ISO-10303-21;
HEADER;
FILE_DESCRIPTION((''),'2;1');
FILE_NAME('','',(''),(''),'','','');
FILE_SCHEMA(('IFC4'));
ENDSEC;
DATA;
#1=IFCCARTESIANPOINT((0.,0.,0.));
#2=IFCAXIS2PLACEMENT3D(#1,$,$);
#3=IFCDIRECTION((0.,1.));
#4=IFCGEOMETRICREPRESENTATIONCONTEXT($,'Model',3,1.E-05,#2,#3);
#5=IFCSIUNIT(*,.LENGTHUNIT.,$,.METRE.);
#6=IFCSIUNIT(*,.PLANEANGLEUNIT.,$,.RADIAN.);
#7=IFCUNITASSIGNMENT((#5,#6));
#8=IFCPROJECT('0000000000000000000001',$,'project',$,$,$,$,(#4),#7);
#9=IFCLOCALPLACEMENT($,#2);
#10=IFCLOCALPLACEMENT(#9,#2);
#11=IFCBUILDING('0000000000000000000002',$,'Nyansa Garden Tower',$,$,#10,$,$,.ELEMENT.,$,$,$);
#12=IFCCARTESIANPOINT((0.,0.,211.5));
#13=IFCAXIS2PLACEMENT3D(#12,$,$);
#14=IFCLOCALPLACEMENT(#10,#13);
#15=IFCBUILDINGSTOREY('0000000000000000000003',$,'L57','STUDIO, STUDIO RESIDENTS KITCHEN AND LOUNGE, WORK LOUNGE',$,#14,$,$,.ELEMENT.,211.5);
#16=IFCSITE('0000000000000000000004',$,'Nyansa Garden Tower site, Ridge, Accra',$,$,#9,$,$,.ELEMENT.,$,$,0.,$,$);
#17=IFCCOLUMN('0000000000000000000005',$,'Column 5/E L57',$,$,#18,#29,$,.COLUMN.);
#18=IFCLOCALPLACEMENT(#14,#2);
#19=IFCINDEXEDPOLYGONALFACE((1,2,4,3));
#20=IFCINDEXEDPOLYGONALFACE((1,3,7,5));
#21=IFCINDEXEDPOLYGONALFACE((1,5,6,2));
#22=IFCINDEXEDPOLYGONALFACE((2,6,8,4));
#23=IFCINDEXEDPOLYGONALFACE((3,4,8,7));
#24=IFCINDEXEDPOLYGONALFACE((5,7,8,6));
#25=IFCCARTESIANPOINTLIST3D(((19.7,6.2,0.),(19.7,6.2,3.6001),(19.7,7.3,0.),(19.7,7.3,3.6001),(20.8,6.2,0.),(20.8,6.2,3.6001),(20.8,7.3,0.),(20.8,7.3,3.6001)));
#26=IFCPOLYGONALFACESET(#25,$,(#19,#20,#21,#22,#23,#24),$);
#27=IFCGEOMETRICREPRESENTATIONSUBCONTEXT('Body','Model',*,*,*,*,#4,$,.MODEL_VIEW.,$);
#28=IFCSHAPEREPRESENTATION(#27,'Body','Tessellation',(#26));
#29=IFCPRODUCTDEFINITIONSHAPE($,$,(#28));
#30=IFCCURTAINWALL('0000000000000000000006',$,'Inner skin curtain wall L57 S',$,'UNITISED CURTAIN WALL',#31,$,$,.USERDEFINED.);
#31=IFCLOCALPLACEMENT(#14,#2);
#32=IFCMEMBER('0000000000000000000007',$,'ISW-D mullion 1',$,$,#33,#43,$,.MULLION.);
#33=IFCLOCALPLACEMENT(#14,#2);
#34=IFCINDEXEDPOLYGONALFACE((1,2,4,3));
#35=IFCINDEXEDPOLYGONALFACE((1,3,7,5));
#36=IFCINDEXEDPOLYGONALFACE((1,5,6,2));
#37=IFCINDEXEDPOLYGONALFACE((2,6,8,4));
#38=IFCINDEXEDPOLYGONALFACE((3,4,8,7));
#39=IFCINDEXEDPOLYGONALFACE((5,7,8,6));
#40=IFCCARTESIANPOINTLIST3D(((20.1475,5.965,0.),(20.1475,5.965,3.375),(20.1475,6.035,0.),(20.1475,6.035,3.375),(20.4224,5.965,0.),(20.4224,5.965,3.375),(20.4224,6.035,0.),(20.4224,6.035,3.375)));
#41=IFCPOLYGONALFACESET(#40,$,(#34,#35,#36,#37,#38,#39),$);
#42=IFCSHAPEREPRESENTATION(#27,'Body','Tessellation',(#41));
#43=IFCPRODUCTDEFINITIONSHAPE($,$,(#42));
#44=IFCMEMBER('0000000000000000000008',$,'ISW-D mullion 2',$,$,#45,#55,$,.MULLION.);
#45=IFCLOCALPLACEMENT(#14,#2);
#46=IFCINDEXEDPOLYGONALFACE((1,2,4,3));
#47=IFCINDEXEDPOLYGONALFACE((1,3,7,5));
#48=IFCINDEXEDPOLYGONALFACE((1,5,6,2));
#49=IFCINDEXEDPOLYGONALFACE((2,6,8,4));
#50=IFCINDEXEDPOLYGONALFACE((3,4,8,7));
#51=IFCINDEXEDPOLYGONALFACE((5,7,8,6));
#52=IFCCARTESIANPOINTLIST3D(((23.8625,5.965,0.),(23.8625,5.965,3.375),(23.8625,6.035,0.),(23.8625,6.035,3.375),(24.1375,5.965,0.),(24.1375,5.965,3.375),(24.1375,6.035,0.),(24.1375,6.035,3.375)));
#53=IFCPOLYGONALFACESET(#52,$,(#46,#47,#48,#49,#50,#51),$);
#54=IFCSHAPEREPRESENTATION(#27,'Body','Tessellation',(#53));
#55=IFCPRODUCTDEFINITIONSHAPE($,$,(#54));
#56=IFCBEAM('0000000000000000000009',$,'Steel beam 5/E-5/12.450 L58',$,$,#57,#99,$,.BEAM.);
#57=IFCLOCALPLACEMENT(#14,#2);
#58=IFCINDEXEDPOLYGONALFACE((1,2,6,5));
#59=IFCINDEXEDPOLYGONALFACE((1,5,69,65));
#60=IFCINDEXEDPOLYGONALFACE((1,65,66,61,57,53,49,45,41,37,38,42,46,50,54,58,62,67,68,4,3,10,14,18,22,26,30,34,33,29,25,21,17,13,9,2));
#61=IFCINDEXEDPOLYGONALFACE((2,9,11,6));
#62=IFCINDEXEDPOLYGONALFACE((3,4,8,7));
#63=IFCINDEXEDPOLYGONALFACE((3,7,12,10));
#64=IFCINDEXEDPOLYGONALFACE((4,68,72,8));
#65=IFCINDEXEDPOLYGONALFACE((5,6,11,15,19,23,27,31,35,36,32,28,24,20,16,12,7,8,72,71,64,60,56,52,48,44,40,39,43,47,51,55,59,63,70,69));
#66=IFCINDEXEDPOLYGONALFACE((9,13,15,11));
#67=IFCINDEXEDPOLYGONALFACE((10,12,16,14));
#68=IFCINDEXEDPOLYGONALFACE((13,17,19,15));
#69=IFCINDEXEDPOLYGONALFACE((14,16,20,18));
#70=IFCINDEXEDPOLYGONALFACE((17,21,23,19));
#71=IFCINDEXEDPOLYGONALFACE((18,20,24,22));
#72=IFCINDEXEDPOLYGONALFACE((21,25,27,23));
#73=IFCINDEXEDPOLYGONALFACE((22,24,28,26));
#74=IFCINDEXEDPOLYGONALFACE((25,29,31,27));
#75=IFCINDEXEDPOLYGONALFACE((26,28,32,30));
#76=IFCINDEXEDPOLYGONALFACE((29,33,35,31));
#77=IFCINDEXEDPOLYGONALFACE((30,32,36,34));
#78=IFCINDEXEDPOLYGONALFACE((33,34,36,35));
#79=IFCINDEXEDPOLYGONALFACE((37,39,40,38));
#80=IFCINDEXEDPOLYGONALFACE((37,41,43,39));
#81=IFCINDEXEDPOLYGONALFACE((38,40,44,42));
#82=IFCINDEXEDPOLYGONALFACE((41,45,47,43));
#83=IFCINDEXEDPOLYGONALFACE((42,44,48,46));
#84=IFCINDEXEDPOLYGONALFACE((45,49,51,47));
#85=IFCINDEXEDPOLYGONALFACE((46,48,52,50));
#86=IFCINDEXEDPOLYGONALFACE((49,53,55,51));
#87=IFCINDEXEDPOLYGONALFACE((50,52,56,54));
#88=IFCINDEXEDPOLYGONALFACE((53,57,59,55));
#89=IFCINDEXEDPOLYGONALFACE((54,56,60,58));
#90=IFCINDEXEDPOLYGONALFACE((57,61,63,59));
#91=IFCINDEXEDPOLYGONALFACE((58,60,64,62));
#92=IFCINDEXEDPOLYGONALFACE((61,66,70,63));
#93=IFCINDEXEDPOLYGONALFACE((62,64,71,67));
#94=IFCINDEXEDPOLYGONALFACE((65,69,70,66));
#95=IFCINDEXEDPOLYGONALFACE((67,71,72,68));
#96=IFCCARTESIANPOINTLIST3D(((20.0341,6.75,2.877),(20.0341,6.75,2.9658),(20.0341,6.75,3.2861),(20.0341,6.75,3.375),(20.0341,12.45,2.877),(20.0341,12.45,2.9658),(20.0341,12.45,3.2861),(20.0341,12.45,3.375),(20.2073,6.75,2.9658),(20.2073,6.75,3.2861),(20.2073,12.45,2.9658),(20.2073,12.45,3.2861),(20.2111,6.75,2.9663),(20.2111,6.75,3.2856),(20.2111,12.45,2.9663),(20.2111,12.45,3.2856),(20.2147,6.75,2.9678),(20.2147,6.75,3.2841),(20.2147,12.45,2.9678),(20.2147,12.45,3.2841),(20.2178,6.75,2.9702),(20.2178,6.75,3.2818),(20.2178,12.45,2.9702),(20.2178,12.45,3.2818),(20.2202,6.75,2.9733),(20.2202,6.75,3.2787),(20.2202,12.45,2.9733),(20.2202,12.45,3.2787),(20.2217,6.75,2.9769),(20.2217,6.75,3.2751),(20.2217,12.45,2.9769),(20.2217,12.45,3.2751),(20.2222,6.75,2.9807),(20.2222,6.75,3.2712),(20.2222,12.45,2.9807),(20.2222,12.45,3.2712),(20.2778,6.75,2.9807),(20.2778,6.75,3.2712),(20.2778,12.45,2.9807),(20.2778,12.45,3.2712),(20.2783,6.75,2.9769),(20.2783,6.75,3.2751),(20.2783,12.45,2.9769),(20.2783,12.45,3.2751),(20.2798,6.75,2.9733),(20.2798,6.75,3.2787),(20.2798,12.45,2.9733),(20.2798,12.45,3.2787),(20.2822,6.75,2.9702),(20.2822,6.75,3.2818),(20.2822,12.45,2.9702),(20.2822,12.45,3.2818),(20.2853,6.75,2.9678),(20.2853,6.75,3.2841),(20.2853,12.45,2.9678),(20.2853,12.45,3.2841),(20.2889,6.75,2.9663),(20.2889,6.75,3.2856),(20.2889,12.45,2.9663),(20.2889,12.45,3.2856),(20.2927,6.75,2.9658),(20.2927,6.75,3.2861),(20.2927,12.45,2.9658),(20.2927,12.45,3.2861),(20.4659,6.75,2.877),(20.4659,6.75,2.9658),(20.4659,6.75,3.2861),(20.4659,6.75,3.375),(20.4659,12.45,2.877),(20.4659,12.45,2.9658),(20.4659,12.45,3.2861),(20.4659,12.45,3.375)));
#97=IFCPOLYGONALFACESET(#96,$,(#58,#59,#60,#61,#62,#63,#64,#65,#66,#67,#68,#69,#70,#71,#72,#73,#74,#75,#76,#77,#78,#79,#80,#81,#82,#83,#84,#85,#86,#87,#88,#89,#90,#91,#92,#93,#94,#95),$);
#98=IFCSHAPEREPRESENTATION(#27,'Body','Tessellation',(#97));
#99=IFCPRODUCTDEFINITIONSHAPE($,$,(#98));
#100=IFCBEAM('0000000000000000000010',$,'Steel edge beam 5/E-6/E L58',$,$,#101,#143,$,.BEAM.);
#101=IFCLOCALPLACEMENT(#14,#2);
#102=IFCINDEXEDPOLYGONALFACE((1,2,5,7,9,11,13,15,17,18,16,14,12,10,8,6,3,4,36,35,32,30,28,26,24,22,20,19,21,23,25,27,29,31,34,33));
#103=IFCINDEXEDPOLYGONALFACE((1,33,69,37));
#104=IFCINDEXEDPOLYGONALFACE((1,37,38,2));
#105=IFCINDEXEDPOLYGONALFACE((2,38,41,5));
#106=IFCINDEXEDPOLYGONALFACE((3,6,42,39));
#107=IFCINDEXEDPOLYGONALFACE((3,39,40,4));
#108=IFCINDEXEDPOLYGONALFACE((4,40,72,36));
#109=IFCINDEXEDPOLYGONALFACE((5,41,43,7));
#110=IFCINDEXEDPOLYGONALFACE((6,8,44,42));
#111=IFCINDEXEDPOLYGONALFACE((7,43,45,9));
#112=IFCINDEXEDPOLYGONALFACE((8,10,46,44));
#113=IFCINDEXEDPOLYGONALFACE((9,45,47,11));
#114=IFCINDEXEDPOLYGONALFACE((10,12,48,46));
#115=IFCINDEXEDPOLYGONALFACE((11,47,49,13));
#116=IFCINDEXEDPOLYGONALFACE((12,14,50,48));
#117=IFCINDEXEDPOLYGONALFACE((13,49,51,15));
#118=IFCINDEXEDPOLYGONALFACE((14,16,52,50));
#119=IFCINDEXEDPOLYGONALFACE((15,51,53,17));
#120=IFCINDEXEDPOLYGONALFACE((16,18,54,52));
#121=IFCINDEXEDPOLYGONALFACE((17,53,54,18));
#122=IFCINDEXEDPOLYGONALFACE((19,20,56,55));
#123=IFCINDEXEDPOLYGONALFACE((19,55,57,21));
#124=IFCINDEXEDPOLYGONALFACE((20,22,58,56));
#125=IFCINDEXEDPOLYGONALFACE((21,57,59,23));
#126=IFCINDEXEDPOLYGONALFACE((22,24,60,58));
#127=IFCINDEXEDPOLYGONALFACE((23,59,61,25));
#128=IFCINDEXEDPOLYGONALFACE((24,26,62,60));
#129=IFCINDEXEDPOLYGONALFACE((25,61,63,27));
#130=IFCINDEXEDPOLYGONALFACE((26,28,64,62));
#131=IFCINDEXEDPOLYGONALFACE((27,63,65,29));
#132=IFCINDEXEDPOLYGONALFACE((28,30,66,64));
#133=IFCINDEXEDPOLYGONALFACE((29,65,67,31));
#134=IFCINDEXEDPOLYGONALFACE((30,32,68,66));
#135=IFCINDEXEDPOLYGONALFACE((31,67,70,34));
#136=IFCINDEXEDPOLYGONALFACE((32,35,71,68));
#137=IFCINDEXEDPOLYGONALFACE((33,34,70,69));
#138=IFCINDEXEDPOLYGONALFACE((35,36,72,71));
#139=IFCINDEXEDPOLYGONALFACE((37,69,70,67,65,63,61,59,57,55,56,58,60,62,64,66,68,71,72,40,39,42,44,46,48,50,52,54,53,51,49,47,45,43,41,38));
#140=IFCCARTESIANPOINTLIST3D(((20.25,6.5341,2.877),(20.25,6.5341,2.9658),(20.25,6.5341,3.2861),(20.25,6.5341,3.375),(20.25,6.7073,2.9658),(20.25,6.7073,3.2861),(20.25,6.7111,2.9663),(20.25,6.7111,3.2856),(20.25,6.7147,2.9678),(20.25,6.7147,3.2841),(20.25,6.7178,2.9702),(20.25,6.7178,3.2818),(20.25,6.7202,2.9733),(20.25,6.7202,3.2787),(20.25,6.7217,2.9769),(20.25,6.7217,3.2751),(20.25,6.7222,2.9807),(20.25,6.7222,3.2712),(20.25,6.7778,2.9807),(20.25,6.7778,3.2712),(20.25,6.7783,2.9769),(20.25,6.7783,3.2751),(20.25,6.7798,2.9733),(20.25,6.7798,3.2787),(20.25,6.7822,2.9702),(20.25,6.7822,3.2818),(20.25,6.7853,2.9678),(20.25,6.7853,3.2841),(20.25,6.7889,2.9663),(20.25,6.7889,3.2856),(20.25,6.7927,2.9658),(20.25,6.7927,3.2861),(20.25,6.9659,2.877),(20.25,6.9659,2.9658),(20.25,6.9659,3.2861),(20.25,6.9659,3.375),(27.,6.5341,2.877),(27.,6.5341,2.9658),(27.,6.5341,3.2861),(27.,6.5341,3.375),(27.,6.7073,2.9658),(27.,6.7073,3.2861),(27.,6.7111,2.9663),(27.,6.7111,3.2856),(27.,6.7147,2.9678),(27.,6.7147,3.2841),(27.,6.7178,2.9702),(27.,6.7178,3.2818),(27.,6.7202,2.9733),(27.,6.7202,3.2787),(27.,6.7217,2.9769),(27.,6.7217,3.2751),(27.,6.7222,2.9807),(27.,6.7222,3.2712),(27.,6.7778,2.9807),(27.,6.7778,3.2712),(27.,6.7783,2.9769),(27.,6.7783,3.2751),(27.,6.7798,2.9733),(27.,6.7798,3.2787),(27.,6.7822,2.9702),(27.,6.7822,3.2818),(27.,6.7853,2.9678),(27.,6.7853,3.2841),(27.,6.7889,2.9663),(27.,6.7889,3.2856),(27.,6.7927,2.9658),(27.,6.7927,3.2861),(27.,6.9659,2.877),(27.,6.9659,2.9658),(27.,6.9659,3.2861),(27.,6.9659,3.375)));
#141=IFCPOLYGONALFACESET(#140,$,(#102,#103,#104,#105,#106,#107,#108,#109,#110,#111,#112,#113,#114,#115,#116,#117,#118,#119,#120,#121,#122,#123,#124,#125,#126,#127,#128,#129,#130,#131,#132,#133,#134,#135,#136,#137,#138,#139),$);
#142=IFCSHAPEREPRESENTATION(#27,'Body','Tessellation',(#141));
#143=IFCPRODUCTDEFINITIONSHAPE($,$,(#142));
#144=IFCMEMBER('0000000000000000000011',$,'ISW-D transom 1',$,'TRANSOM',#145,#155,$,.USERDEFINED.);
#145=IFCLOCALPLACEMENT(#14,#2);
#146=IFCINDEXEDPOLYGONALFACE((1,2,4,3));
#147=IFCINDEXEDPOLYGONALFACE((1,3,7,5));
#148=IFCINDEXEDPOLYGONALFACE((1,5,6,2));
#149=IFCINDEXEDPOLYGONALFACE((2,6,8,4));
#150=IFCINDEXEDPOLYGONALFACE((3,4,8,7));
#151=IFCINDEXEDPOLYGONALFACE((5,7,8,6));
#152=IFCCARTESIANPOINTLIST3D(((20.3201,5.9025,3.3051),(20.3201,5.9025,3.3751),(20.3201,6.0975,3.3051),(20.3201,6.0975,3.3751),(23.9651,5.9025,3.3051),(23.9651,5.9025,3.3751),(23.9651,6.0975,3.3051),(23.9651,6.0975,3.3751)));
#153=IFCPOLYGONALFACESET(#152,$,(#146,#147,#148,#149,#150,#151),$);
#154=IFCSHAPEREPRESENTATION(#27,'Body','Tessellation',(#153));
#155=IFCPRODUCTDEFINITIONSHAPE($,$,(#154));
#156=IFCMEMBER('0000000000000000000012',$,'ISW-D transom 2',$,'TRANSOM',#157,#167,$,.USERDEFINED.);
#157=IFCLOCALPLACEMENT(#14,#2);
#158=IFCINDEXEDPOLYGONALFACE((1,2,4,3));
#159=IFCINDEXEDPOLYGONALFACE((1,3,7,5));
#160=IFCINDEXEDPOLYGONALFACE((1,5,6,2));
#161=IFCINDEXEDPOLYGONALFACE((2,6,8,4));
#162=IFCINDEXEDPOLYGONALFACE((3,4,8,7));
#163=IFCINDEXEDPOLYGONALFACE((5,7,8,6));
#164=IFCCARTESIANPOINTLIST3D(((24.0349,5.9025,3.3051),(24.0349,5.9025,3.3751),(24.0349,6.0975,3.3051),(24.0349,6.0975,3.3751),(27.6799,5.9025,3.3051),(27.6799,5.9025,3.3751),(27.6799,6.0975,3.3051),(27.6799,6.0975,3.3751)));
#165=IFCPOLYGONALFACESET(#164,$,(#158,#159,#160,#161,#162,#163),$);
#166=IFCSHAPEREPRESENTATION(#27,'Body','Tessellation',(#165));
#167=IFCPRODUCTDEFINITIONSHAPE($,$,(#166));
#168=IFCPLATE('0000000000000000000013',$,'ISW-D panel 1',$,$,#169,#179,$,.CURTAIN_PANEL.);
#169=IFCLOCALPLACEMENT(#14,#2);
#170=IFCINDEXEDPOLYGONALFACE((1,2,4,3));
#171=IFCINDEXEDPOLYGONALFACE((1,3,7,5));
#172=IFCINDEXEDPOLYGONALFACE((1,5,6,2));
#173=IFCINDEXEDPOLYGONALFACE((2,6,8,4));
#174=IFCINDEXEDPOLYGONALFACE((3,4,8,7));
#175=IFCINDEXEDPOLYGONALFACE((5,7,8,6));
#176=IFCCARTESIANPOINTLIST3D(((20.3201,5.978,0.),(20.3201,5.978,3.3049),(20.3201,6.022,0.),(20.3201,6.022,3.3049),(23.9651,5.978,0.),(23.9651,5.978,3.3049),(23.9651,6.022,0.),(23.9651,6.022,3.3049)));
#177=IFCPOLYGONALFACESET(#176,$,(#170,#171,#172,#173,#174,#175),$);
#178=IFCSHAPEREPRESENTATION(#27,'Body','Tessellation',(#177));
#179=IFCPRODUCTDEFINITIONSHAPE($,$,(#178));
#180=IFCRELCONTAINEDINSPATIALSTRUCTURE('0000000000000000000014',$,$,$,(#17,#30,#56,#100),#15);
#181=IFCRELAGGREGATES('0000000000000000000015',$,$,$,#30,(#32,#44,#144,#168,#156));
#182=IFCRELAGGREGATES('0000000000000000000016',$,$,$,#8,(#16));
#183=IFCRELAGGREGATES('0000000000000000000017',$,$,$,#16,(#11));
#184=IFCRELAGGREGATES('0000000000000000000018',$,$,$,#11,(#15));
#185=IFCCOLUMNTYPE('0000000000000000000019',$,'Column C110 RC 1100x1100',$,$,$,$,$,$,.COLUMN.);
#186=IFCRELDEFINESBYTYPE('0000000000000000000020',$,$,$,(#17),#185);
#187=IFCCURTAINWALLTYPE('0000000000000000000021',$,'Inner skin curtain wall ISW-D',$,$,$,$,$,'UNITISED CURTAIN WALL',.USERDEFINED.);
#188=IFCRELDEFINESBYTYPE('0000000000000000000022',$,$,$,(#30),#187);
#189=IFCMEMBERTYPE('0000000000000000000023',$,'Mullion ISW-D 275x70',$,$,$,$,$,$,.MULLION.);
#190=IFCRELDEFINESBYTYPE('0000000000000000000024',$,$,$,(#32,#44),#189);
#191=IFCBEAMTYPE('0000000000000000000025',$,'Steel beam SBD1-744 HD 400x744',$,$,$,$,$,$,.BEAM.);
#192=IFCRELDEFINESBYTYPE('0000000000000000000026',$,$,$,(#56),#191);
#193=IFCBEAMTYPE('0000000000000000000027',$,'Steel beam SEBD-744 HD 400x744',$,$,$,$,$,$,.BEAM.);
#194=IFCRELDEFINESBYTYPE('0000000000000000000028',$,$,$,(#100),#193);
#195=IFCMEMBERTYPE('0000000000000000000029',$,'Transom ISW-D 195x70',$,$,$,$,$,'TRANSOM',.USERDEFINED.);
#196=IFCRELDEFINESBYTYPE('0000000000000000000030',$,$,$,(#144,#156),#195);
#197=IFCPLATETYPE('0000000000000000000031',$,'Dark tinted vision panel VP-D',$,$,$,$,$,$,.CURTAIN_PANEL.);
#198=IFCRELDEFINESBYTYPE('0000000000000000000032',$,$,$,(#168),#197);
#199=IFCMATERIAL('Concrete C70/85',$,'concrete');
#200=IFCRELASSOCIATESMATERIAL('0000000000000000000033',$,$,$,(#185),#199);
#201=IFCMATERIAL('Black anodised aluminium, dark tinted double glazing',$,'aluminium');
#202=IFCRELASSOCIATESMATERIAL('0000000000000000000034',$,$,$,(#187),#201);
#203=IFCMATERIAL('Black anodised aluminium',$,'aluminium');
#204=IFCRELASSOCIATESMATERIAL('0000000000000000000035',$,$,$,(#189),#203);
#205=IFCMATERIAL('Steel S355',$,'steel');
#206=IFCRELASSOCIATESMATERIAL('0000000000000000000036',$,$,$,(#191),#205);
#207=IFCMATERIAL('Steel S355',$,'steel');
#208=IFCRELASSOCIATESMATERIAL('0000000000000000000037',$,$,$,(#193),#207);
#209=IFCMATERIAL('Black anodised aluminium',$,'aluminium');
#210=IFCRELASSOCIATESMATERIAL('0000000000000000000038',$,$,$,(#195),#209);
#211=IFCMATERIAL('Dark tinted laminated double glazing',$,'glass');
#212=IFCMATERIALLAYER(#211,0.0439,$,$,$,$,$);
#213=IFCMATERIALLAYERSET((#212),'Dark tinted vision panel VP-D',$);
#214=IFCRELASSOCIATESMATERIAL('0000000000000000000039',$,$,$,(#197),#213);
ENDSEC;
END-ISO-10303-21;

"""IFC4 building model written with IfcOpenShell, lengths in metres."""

from ifc_helpers import new_model, si_unit, direction, frame, origin, origin_2d, place, context, subcontext, project, spatial, rectangle, i_section, extrude, material, layer, layer_set, material_profile, profile_set, type_object, element, aggregate, save


model = new_model("IFC4")

# Units and contexts
model_context = context("Model", 3, precision=1e-05, world=origin(), true_north=direction((0.0, 1.0)))
body_context = subcontext(model_context, "Body", "Model", "MODEL_VIEW")
ifc_project = project(units=[si_unit("LENGTHUNIT", "METRE"), si_unit("PLANEANGLEUNIT", "RADIAN")], contexts=[model_context])

# Site, building, storey
site_placement = place(None, origin())
site = spatial("IfcSite", under=ifc_project, at=site_placement, Name="Nyansa Garden Tower site, Ridge, Accra", CompositionType="ELEMENT", RefElevation=0.0)
building_placement = place(site_placement, origin())
building = spatial("IfcBuilding", under=site, at=building_placement, Name="Nyansa Garden Tower", CompositionType="ELEMENT")
storey_placement = place(building_placement, frame((0.0, 0.0, 211.5)))
storey = spatial("IfcBuildingStorey", under=building, at=storey_placement, Name="L57", Description="STUDIO, STUDIO RESIDENTS KITCHEN AND LOUNGE, WORK LOUNGE", CompositionType="ELEMENT", Elevation=211.5)

# Column
ifc_material_1 = material(Name="Concrete C70/85", Category="concrete")
ifc_material_profile_1 = material_profile(ifc_material_1, rectangle(XDim=1.1001, YDim=1.1001, at=origin_2d()), Name="RC 1100x1100")
ifc_profile_set_1 = profile_set([ifc_material_profile_1], Name="Concrete C70/85")
column_type = type_object("IfcColumnType", Name="Column C110 RC 1100x1100", PredefinedType="COLUMN", material=ifc_profile_set_1)
column_placement = place(storey_placement, frame((20.25, 6.75, 0.0), z_axis=(0.0, 0.0, 1.0), x_axis=(1.0, 0.0, 0.0)))
element("IfcColumn", 1, at=column_placement, inside=storey, type_object=column_type, Name="Column 5/E L57", PredefinedType="COLUMN", context=body_context, shape_type="SweptSolid", body=[
    extrude(rectangle(XDim=1.1001, YDim=1.1001, at=origin_2d()), origin(), (0.0, 0.0, 1.0), 3.6001),
])

# Curtain wall, members
ifc_material_2 = material(Name="Black anodised aluminium, dark tinted double glazing", Category="aluminium")
curtain_wall_type = type_object("IfcCurtainWallType", Name="Inner skin curtain wall ISW-D", ElementType="UNITISED CURTAIN WALL", PredefinedType="USERDEFINED", material=ifc_material_2)
curtain_wall_placement = place(storey_placement, origin())
curtain_wall = element("IfcCurtainWall", 2, at=curtain_wall_placement, inside=storey, type_object=curtain_wall_type, Name="Inner skin curtain wall L57 S", ObjectType="UNITISED CURTAIN WALL", PredefinedType="USERDEFINED")
ifc_material_3 = material(Name="Black anodised aluminium", Category="aluminium")
ifc_material_profile_2 = material_profile(ifc_material_3, rectangle(XDim=0.0701, YDim=0.2749, at=origin_2d()), Name="Mullion 275x70")
ifc_profile_set_2 = profile_set([ifc_material_profile_2], Name="Black anodised aluminium")
member_type_1 = type_object("IfcMemberType", Name="Mullion ISW-D 275x70", PredefinedType="MULLION", material=ifc_profile_set_2)
member_1_placement = place(storey_placement, frame((20.2849, 6.0, 0.0), z_axis=(0.0, 0.0, 1.0), x_axis=(0.0, 1.0, 0.0)))
member_1 = element("IfcMember", 3, at=member_1_placement, type_object=member_type_1, Name="ISW-D mullion 1", PredefinedType="MULLION", context=body_context, shape_type="SweptSolid", body=[
    extrude(rectangle(XDim=0.0701, YDim=0.2749, at=origin_2d()), origin(), (0.0, 0.0, 1.0), 3.375),
])
member_2_placement = place(storey_placement, frame((24.0, 6.0, 0.0), z_axis=(0.0, 0.0, 1.0), x_axis=(0.0, 1.0, 0.0)))
member_2 = element("IfcMember", 4, at=member_2_placement, type_object=member_type_1, Name="ISW-D mullion 2", PredefinedType="MULLION", context=body_context, shape_type="SweptSolid", body=[
    extrude(rectangle(XDim=0.0701, YDim=0.2749, at=origin_2d()), origin(), (0.0, 0.0, 1.0), 3.375),
])

# Beams
ifc_material_4 = material(Name="Steel S355", Category="steel")
ifc_material_profile_3 = material_profile(ifc_material_4, i_section(OverallWidth=0.4319, OverallDepth=0.498, WebThickness=0.0557, FlangeThickness=0.0889, FilletRadius=0.0149, at=origin_2d()), Name="HD 400x744")
ifc_profile_set_3 = profile_set([ifc_material_profile_3], Name="Steel S355")
beam_type_1 = type_object("IfcBeamType", Name="Steel beam SBD1-744 HD 400x744", PredefinedType="BEAM", material=ifc_profile_set_3)
beam_1_placement = place(storey_placement, frame((20.25, 6.75, 3.126), z_axis=(0.0, 1.0, 0.0), x_axis=(-1.0, 0.0, 0.0)))
element("IfcBeam", 5, at=beam_1_placement, inside=storey, type_object=beam_type_1, Name="Steel beam 5/E-5/12.450 L58", PredefinedType="BEAM", context=body_context, shape_type="SweptSolid", body=[
    extrude(i_section(OverallWidth=0.4319, OverallDepth=0.498, WebThickness=0.0557, FlangeThickness=0.0889, FilletRadius=0.0149, at=origin_2d()), origin(), (0.0, 0.0, 1.0), 5.7),
])
ifc_material_5 = material(Name="Steel S355", Category="steel")
ifc_material_profile_4 = material_profile(ifc_material_5, i_section(OverallWidth=0.4319, OverallDepth=0.498, WebThickness=0.0557, FlangeThickness=0.0889, FilletRadius=0.0149, at=origin_2d()), Name="HD 400x744")
ifc_profile_set_4 = profile_set([ifc_material_profile_4], Name="Steel S355")
beam_type_2 = type_object("IfcBeamType", Name="Steel beam SEBD-744 HD 400x744", PredefinedType="BEAM", material=ifc_profile_set_4)
beam_2_placement = place(storey_placement, frame((20.25, 6.75, 3.126), z_axis=(1.0, 0.0, 0.0), x_axis=(0.0, 1.0, 0.0)))
element("IfcBeam", 6, at=beam_2_placement, inside=storey, type_object=beam_type_2, Name="Steel edge beam 5/E-6/E L58", PredefinedType="BEAM", context=body_context, shape_type="SweptSolid", body=[
    extrude(i_section(OverallWidth=0.4319, OverallDepth=0.498, WebThickness=0.0557, FlangeThickness=0.0889, FilletRadius=0.0149, at=origin_2d()), origin(), (0.0, 0.0, 1.0), 6.75),
])

# Members
ifc_material_6 = material(Name="Black anodised aluminium", Category="aluminium")
ifc_material_profile_5 = material_profile(ifc_material_6, rectangle(XDim=0.1951, YDim=0.0701, at=origin_2d()), Name="Transom 195x70")
ifc_profile_set_5 = profile_set([ifc_material_profile_5], Name="Black anodised aluminium")
member_type_2 = type_object("IfcMemberType", Name="Transom ISW-D 195x70", ElementType="TRANSOM", PredefinedType="USERDEFINED", material=ifc_profile_set_5)
member_3_placement = place(storey_placement, frame((20.3201, 6.0, 3.3401), z_axis=(1.0, 0.0, 0.0), x_axis=(0.0, 1.0, 0.0)))
member_3 = element("IfcMember", 7, at=member_3_placement, type_object=member_type_2, Name="ISW-D transom 1", ObjectType="TRANSOM", PredefinedType="USERDEFINED", context=body_context, shape_type="SweptSolid", body=[
    extrude(rectangle(XDim=0.1951, YDim=0.0701, at=origin_2d()), origin(), (0.0, 0.0, 1.0), 3.645),
])
member_4_placement = place(storey_placement, frame((24.0349, 6.0, 3.3401), z_axis=(1.0, 0.0, 0.0), x_axis=(0.0, 1.0, 0.0)))
member_4 = element("IfcMember", 8, at=member_4_placement, type_object=member_type_2, Name="ISW-D transom 2", ObjectType="TRANSOM", PredefinedType="USERDEFINED", context=body_context, shape_type="SweptSolid", body=[
    extrude(rectangle(XDim=0.1951, YDim=0.0701, at=origin_2d()), origin(), (0.0, 0.0, 1.0), 3.645),
])

# Plate
ifc_material_7 = material(Name="Dark tinted laminated double glazing", Category="glass")
ifc_layer_1 = layer(ifc_material_7, 0.0439)
ifc_layer_set_1 = layer_set([ifc_layer_1], Name="Dark tinted vision panel VP-D")
plate_type = type_object("IfcPlateType", Name="Dark tinted vision panel VP-D", PredefinedType="CURTAIN_PANEL", material=ifc_layer_set_1)
plate_1_placement = place(storey_placement, frame((22.1426, 6.0, 0.0), z_axis=(0.0, 0.0, 1.0), x_axis=(1.0, 0.0, 0.0)))
plate_1 = element("IfcPlate", 9, at=plate_1_placement, type_object=plate_type, Name="ISW-D panel 1", PredefinedType="CURTAIN_PANEL", context=body_context, shape_type="SweptSolid", body=[
    extrude(rectangle(XDim=3.645, YDim=0.0439, at=origin_2d()), origin(), (0.0, 0.0, 1.0), 3.3049),
])
aggregate(curtain_wall, [member_1, member_2, member_3, plate_1, member_4])

save(model, "model.ifc")
